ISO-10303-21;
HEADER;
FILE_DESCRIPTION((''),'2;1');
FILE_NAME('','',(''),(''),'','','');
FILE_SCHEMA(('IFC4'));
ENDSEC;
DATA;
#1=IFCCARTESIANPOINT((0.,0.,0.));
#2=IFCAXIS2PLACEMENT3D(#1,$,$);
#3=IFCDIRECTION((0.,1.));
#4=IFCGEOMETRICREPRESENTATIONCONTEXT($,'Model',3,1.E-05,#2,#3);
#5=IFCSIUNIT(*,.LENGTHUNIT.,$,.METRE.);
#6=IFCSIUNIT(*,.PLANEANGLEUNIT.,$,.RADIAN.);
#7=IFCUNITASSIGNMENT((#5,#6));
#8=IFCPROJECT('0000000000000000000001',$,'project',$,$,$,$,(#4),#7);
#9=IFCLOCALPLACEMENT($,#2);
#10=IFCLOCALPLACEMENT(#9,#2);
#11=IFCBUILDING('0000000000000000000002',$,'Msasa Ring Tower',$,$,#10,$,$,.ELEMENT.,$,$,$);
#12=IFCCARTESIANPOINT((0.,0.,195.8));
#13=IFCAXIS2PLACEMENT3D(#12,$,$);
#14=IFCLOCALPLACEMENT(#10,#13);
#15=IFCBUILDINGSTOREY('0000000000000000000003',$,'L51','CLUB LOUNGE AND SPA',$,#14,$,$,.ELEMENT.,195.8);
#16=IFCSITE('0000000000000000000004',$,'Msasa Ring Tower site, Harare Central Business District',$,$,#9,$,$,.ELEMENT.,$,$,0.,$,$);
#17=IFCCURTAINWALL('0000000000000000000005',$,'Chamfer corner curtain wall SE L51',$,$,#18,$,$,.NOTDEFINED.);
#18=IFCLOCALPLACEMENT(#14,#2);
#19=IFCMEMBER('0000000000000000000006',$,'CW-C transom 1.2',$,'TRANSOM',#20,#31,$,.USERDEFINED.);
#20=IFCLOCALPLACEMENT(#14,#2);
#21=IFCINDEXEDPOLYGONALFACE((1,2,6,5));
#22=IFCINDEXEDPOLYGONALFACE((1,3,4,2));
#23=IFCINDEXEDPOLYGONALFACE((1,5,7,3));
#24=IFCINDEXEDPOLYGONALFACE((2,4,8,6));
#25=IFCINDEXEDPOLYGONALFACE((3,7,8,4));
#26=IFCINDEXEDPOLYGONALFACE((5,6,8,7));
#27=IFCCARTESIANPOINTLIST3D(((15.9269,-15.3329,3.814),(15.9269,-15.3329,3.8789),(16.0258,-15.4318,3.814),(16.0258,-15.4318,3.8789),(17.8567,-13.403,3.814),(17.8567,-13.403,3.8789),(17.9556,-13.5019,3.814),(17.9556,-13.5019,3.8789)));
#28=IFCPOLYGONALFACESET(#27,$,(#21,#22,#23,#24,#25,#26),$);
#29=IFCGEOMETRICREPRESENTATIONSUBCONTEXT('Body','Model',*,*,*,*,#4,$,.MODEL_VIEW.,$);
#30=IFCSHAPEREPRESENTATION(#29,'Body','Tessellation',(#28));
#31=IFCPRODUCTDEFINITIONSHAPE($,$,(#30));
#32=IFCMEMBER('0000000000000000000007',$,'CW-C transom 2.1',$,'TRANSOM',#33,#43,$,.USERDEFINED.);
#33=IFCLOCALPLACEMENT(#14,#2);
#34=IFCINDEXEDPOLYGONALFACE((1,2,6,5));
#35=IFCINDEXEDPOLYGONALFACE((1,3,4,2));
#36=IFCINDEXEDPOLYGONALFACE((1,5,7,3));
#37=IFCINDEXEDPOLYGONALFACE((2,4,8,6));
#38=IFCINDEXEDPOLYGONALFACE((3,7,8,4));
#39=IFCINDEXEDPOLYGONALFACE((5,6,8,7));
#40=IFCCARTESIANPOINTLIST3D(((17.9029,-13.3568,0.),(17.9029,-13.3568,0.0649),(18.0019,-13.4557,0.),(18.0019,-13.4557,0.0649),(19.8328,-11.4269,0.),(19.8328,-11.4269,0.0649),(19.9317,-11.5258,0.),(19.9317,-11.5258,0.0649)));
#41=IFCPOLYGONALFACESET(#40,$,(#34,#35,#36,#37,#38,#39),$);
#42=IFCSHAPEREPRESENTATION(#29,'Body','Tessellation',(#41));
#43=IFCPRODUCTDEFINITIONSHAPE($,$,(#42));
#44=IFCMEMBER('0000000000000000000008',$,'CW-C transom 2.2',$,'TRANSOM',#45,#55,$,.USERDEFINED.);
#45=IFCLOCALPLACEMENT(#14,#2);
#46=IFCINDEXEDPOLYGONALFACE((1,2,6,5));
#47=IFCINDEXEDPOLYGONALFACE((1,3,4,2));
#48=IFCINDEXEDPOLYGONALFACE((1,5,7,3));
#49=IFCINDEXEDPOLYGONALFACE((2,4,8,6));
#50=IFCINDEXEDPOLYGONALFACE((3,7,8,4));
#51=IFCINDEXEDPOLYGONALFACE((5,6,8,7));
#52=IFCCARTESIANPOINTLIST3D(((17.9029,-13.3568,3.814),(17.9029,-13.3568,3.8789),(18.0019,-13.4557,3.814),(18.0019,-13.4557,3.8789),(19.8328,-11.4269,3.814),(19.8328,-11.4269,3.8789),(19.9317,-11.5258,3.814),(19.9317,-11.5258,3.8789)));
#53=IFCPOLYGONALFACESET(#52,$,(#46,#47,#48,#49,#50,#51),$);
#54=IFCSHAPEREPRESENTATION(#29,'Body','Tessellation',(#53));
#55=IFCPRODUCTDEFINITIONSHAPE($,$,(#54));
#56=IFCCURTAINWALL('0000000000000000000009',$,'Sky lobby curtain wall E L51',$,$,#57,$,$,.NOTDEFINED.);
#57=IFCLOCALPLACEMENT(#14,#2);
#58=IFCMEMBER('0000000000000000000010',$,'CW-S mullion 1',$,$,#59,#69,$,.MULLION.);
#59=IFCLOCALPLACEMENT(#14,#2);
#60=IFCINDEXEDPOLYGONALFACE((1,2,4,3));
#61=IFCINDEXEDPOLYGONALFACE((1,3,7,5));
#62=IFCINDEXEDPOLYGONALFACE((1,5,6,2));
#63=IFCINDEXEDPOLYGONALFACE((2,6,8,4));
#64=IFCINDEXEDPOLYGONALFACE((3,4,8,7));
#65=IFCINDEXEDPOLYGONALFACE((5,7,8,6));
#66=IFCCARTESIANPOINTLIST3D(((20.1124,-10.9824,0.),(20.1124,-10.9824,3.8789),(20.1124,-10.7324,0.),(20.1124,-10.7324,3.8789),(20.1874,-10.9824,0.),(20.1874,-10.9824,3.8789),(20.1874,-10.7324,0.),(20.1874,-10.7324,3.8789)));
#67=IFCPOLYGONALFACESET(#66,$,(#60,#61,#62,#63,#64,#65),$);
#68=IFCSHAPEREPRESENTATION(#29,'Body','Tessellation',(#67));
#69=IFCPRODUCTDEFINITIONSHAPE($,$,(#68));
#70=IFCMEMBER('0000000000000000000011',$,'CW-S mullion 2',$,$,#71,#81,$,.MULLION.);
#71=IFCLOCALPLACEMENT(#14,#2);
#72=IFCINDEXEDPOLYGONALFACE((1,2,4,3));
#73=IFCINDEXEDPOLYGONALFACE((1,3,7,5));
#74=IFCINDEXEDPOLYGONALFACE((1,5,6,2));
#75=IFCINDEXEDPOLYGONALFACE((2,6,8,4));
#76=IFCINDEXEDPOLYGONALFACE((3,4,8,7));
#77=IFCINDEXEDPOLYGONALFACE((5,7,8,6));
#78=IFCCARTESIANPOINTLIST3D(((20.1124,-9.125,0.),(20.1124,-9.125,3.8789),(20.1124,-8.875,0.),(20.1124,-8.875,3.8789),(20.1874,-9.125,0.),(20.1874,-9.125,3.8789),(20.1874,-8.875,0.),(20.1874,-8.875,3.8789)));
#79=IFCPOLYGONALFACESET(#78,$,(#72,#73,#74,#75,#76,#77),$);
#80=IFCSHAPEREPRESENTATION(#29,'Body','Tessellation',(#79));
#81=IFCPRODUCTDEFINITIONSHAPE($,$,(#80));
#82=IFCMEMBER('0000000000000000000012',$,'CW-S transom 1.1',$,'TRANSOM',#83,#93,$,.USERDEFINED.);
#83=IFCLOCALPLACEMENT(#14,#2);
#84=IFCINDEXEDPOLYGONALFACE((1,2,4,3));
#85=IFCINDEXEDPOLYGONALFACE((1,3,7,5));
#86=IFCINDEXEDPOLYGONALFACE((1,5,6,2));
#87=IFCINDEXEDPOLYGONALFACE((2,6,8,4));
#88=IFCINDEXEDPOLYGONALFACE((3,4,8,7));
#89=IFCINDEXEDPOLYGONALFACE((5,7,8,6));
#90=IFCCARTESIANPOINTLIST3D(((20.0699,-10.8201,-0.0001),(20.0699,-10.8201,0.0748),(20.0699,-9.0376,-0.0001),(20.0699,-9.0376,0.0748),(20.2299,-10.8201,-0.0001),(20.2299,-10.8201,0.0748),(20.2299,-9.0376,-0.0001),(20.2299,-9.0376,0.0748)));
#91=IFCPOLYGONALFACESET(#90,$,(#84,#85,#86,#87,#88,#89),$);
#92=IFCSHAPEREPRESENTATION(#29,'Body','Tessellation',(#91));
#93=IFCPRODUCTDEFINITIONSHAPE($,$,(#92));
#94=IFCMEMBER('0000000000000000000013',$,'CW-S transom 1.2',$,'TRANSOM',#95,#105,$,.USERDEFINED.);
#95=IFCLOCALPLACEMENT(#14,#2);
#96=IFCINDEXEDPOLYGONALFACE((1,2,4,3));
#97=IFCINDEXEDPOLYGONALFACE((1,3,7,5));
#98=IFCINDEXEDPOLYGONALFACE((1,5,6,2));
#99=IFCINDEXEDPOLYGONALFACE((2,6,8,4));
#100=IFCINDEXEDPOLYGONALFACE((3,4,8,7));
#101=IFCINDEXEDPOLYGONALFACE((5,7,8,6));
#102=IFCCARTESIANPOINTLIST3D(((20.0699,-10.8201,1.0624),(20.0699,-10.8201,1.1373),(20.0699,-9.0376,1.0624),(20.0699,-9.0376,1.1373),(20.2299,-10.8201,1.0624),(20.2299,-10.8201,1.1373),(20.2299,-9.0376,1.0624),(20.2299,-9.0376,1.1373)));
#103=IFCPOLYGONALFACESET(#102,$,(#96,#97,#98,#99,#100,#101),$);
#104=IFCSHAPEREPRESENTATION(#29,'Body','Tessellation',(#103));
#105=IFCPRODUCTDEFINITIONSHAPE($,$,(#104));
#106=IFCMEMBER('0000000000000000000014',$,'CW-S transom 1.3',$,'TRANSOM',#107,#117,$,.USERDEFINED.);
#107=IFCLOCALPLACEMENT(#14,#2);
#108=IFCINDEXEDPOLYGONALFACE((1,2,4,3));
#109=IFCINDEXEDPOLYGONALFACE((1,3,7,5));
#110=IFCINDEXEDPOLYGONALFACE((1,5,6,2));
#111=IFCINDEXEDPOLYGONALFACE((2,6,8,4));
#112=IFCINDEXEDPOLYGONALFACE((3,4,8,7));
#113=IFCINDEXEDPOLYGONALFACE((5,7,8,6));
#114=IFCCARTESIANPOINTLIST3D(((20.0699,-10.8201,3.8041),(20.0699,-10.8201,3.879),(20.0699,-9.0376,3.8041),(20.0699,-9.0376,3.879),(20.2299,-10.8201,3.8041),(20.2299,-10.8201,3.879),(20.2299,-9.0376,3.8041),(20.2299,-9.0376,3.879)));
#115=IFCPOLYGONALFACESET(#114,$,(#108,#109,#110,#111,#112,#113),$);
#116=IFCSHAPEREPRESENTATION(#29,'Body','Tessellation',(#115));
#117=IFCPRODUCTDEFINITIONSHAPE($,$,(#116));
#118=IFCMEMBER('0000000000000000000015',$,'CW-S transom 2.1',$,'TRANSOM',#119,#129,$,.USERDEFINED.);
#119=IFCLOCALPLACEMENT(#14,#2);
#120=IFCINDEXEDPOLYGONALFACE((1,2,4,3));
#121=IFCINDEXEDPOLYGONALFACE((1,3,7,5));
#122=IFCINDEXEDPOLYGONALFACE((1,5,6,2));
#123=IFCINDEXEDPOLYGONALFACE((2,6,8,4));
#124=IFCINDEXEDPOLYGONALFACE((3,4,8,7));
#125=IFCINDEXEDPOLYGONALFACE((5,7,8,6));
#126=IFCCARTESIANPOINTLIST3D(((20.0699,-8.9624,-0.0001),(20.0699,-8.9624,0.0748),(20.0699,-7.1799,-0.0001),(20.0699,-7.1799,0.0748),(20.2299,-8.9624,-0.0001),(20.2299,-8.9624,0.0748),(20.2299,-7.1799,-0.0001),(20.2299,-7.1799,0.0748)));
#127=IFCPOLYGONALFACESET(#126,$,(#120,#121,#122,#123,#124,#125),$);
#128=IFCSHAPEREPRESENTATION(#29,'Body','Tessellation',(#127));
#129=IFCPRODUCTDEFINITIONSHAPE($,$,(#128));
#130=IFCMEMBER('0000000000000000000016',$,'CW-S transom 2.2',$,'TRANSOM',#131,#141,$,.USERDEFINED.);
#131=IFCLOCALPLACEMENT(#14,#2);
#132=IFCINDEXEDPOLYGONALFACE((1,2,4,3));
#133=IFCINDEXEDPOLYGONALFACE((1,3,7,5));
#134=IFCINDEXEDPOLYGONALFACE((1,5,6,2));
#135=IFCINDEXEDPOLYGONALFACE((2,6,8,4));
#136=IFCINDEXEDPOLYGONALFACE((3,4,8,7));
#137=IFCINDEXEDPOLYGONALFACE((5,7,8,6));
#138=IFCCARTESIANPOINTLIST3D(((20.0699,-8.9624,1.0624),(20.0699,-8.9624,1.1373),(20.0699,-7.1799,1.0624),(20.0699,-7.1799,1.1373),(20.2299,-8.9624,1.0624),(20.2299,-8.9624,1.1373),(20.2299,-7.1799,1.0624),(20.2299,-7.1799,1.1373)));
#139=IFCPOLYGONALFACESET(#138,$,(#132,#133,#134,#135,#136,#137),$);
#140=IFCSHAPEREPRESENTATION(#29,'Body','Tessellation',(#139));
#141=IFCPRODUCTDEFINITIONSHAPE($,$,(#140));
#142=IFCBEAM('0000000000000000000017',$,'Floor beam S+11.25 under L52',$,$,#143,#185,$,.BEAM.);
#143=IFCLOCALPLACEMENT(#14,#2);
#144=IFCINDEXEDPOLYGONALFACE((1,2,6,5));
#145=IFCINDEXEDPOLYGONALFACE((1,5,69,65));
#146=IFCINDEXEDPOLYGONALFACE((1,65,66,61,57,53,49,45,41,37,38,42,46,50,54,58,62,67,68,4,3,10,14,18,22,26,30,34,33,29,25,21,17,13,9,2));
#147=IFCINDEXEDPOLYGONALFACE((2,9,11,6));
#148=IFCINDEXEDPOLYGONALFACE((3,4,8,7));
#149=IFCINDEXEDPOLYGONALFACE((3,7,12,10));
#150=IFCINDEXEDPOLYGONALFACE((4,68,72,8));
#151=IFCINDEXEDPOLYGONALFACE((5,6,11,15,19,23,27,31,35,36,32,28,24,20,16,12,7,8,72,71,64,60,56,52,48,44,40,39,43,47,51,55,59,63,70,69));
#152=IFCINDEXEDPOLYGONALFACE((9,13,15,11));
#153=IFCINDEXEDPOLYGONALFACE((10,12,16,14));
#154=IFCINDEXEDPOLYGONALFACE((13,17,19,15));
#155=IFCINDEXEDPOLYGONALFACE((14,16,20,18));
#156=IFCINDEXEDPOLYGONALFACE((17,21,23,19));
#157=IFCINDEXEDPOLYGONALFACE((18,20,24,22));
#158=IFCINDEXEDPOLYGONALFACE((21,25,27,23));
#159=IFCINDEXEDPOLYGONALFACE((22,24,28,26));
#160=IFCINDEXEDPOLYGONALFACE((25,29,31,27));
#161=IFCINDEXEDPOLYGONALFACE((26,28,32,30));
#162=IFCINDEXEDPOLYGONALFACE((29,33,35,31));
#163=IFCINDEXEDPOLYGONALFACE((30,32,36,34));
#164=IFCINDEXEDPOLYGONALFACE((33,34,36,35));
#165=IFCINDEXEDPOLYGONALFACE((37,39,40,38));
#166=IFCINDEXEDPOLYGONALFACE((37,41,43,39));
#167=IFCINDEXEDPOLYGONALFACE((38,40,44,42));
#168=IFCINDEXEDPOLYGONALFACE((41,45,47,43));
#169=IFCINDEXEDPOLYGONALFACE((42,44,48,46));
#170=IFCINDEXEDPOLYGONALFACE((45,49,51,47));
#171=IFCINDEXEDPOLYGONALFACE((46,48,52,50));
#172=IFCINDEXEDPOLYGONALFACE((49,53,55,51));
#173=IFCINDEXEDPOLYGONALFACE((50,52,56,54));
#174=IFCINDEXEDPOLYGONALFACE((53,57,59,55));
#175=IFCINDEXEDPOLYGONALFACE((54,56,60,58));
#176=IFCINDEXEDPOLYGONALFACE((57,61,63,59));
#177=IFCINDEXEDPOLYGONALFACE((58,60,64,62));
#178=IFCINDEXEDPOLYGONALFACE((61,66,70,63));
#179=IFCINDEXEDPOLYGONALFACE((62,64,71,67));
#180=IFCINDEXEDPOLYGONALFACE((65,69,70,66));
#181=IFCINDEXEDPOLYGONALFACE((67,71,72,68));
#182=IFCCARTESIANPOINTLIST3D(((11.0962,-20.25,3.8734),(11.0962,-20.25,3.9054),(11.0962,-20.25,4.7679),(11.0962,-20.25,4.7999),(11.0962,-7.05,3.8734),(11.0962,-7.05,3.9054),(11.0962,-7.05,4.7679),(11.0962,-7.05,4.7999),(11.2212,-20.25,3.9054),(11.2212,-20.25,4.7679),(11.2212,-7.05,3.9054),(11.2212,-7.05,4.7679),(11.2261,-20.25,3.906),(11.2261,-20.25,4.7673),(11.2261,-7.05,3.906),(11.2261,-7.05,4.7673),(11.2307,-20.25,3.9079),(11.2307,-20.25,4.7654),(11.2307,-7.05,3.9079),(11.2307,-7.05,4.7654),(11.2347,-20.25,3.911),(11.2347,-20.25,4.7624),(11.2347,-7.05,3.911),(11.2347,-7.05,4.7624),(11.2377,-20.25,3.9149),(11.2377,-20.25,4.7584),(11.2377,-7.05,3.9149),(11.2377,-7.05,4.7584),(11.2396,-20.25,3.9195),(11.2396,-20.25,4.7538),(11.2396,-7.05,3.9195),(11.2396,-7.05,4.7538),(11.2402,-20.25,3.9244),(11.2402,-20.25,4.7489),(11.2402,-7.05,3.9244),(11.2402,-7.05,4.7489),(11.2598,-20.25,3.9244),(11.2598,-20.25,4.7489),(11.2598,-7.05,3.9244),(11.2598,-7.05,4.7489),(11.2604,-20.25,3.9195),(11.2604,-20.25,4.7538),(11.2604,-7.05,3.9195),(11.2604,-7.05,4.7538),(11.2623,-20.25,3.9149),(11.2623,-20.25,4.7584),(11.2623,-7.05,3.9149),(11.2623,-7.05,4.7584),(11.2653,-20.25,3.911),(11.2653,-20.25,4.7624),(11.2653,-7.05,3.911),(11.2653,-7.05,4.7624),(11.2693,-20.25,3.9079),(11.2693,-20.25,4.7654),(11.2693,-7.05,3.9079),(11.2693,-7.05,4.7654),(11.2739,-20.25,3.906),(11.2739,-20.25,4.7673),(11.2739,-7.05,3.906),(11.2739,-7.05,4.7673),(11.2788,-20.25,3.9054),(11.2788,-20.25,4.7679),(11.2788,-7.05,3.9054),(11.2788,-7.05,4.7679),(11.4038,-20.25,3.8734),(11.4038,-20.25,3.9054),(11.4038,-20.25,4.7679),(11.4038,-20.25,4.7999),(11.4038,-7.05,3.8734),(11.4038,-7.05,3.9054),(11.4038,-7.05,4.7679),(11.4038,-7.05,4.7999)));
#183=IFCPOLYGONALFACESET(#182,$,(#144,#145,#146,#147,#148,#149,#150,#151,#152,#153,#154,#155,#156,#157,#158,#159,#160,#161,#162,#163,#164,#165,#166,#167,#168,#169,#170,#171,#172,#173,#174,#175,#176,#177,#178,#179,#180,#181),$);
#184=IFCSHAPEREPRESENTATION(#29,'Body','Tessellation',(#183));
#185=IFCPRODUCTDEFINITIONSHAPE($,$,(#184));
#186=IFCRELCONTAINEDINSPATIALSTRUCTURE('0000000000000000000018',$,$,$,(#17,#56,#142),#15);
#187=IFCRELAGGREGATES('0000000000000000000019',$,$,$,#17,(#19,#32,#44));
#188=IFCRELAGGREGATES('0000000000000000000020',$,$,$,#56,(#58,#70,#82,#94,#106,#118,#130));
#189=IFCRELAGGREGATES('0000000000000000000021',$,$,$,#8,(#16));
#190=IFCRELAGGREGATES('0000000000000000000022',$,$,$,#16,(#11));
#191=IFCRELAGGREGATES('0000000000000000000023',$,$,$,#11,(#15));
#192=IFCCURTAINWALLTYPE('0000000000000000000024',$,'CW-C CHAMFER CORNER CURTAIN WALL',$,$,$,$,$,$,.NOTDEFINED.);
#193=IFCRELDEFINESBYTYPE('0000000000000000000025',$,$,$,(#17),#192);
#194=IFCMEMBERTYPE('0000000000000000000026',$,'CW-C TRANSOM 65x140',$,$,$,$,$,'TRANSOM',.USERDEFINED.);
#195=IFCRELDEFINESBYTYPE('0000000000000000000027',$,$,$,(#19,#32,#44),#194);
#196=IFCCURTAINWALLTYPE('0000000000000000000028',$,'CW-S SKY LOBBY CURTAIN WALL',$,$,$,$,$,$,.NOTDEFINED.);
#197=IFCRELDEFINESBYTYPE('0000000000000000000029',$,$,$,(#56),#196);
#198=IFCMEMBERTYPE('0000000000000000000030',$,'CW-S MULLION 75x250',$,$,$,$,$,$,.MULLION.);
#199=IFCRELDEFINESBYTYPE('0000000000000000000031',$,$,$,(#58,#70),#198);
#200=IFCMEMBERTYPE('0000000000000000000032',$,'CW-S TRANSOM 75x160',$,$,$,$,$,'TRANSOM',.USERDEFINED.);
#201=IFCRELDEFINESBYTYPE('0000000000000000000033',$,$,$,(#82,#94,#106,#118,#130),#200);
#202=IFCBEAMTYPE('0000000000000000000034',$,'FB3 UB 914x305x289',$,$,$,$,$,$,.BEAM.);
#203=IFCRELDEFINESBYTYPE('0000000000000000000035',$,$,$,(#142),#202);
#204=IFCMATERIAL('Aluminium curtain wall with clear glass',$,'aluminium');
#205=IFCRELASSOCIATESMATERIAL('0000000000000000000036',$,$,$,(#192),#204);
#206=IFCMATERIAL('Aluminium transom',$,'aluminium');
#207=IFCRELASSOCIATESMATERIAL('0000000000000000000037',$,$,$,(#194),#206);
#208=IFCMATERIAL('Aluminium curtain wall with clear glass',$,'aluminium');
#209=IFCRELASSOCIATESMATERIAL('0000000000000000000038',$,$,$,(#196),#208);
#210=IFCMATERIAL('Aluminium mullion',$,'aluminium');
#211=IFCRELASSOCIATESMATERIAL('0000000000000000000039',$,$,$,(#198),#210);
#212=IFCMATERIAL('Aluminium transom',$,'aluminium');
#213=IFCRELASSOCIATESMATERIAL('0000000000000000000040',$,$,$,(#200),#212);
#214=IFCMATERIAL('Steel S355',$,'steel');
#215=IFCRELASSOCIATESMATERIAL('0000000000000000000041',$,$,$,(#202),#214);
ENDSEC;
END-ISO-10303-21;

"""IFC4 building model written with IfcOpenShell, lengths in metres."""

from ifc_helpers import new_model, si_unit, direction, frame, origin, origin_2d, place, context, subcontext, project, spatial, rectangle, i_section, extrude, material, material_profile, profile_set, type_object, element, aggregate, save


model = new_model("IFC4")

# Units and contexts
model_context = context("Model", 3, precision=1e-05, world=origin(), true_north=direction((0.0, 1.0)))
body_context = subcontext(model_context, "Body", "Model", "MODEL_VIEW")
ifc_project = project(units=[si_unit("LENGTHUNIT", "METRE"), si_unit("PLANEANGLEUNIT", "RADIAN")], contexts=[model_context])

# Site, building, storey
site_placement = place(None, origin())
site = spatial("IfcSite", under=ifc_project, at=site_placement, Name="Msasa Ring Tower site, Harare Central Business District", CompositionType="ELEMENT", RefElevation=0.0)
building_placement = place(site_placement, origin())
building = spatial("IfcBuilding", under=site, at=building_placement, Name="Msasa Ring Tower", CompositionType="ELEMENT")
storey_placement = place(building_placement, frame((0.0, 0.0, 195.8)))
storey = spatial("IfcBuildingStorey", under=building, at=storey_placement, Name="L51", Description="CLUB LOUNGE AND SPA", CompositionType="ELEMENT", Elevation=195.8)

# Curtain wall
ifc_material_1 = material(Name="Aluminium curtain wall with clear glass", Category="aluminium")
curtain_wall_type_1 = type_object("IfcCurtainWallType", Name="CW-C CHAMFER CORNER CURTAIN WALL", PredefinedType="NOTDEFINED", material=ifc_material_1)
curtain_wall_1_placement = place(storey_placement, origin())
curtain_wall_1 = element("IfcCurtainWall", 1, at=curtain_wall_1_placement, inside=storey, type_object=curtain_wall_type_1, Name="Chamfer corner curtain wall SE L51", PredefinedType="NOTDEFINED")

# Members
ifc_material_2 = material(Name="Aluminium transom", Category="aluminium")
ifc_material_profile_1 = material_profile(ifc_material_2, rectangle(XDim=0.1399, YDim=0.0649, at=origin_2d()), Name="AL 65x140")
ifc_profile_set_1 = profile_set([ifc_material_profile_1], Name="Aluminium transom")
member_type_1 = type_object("IfcMemberType", Name="CW-C TRANSOM 65x140", ElementType="TRANSOM", PredefinedType="USERDEFINED", material=ifc_profile_set_1)
member_1_placement = place(storey_placement, frame((15.9763, -15.3823, 3.8464), z_axis=(0.707107, 0.707107, 0.0), x_axis=(-0.707107, 0.707107, 0.0)))
member_1 = element("IfcMember", 2, at=member_1_placement, type_object=member_type_1, Name="CW-C transom 1.2", ObjectType="TRANSOM", PredefinedType="USERDEFINED", context=body_context, shape_type="SweptSolid", body=[
    extrude(rectangle(XDim=0.1399, YDim=0.0649, at=origin_2d()), origin(), (0.0, 0.0, 1.0), 2.7292),
])
member_2_placement = place(storey_placement, frame((17.9524, -13.4062, 0.0325), z_axis=(0.707107, 0.707107, 0.0), x_axis=(-0.707107, 0.707107, 0.0)))
member_2 = element("IfcMember", 3, at=member_2_placement, type_object=member_type_1, Name="CW-C transom 2.1", ObjectType="TRANSOM", PredefinedType="USERDEFINED", context=body_context, shape_type="SweptSolid", body=[
    extrude(rectangle(XDim=0.1399, YDim=0.0649, at=origin_2d()), origin(), (0.0, 0.0, 1.0), 2.7292),
])
member_3_placement = place(storey_placement, frame((17.9524, -13.4062, 3.8464), z_axis=(0.707107, 0.707107, 0.0), x_axis=(-0.707107, 0.707107, 0.0)))
member_3 = element("IfcMember", 4, at=member_3_placement, type_object=member_type_1, Name="CW-C transom 2.2", ObjectType="TRANSOM", PredefinedType="USERDEFINED", context=body_context, shape_type="SweptSolid", body=[
    extrude(rectangle(XDim=0.1399, YDim=0.0649, at=origin_2d()), origin(), (0.0, 0.0, 1.0), 2.7292),
])

# Curtain wall, members
ifc_material_3 = material(Name="Aluminium curtain wall with clear glass", Category="aluminium")
curtain_wall_type_2 = type_object("IfcCurtainWallType", Name="CW-S SKY LOBBY CURTAIN WALL", PredefinedType="NOTDEFINED", material=ifc_material_3)
curtain_wall_2_placement = place(storey_placement, origin())
curtain_wall_2 = element("IfcCurtainWall", 5, at=curtain_wall_2_placement, inside=storey, type_object=curtain_wall_type_2, Name="Sky lobby curtain wall E L51", PredefinedType="NOTDEFINED")
ifc_material_4 = material(Name="Aluminium mullion", Category="aluminium")
ifc_material_profile_2 = material_profile(ifc_material_4, rectangle(XDim=0.075, YDim=0.25, at=origin_2d()), Name="AL 75x250")
ifc_profile_set_2 = profile_set([ifc_material_profile_2], Name="Aluminium mullion")
member_type_2 = type_object("IfcMemberType", Name="CW-S MULLION 75x250", PredefinedType="MULLION", material=ifc_profile_set_2)
member_4_placement = place(storey_placement, frame((20.1499, -10.8574, 0.0), z_axis=(0.0, 0.0, 1.0), x_axis=(-1.0, 0.0, 0.0)))
member_4 = element("IfcMember", 6, at=member_4_placement, type_object=member_type_2, Name="CW-S mullion 1", PredefinedType="MULLION", context=body_context, shape_type="SweptSolid", body=[
    extrude(rectangle(XDim=0.075, YDim=0.25, at=origin_2d()), origin(), (0.0, 0.0, 1.0), 3.8789),
])
member_5_placement = place(storey_placement, frame((20.1499, -9.0, 0.0), z_axis=(0.0, 0.0, 1.0), x_axis=(-1.0, 0.0, 0.0)))
member_5 = element("IfcMember", 7, at=member_5_placement, type_object=member_type_2, Name="CW-S mullion 2", PredefinedType="MULLION", context=body_context, shape_type="SweptSolid", body=[
    extrude(rectangle(XDim=0.075, YDim=0.25, at=origin_2d()), origin(), (0.0, 0.0, 1.0), 3.8789),
])
ifc_material_5 = material(Name="Aluminium transom", Category="aluminium")
ifc_material_profile_3 = material_profile(ifc_material_5, rectangle(XDim=0.1599, YDim=0.075, at=origin_2d()), Name="AL 75x160")
ifc_profile_set_3 = profile_set([ifc_material_profile_3], Name="Aluminium transom")
member_type_3 = type_object("IfcMemberType", Name="CW-S TRANSOM 75x160", ElementType="TRANSOM", PredefinedType="USERDEFINED", material=ifc_profile_set_3)
member_6_placement = place(storey_placement, frame((20.1499, -10.8201, 0.0374), z_axis=(0.0, 1.0, 0.0), x_axis=(-1.0, 0.0, 0.0)))
member_6 = element("IfcMember", 8, at=member_6_placement, type_object=member_type_3, Name="CW-S transom 1.1", ObjectType="TRANSOM", PredefinedType="USERDEFINED", context=body_context, shape_type="SweptSolid", body=[
    extrude(rectangle(XDim=0.1599, YDim=0.075, at=origin_2d()), origin(), (0.0, 0.0, 1.0), 1.7825),
])
member_7_placement = place(storey_placement, frame((20.1499, -10.8201, 1.0999), z_axis=(0.0, 1.0, 0.0), x_axis=(-1.0, 0.0, 0.0)))
member_7 = element("IfcMember", 9, at=member_7_placement, type_object=member_type_3, Name="CW-S transom 1.2", ObjectType="TRANSOM", PredefinedType="USERDEFINED", context=body_context, shape_type="SweptSolid", body=[
    extrude(rectangle(XDim=0.1599, YDim=0.075, at=origin_2d()), origin(), (0.0, 0.0, 1.0), 1.7825),
])
member_8_placement = place(storey_placement, frame((20.1499, -10.8201, 3.8416), z_axis=(0.0, 1.0, 0.0), x_axis=(-1.0, 0.0, 0.0)))
member_8 = element("IfcMember", 10, at=member_8_placement, type_object=member_type_3, Name="CW-S transom 1.3", ObjectType="TRANSOM", PredefinedType="USERDEFINED", context=body_context, shape_type="SweptSolid", body=[
    extrude(rectangle(XDim=0.1599, YDim=0.075, at=origin_2d()), origin(), (0.0, 0.0, 1.0), 1.7825),
])
member_9_placement = place(storey_placement, frame((20.1499, -8.9624, 0.0374), z_axis=(0.0, 1.0, 0.0), x_axis=(-1.0, 0.0, 0.0)))
member_9 = element("IfcMember", 11, at=member_9_placement, type_object=member_type_3, Name="CW-S transom 2.1", ObjectType="TRANSOM", PredefinedType="USERDEFINED", context=body_context, shape_type="SweptSolid", body=[
    extrude(rectangle(XDim=0.1599, YDim=0.075, at=origin_2d()), origin(), (0.0, 0.0, 1.0), 1.7825),
])
member_10_placement = place(storey_placement, frame((20.1499, -8.9624, 1.0999), z_axis=(0.0, 1.0, 0.0), x_axis=(-1.0, 0.0, 0.0)))
member_10 = element("IfcMember", 12, at=member_10_placement, type_object=member_type_3, Name="CW-S transom 2.2", ObjectType="TRANSOM", PredefinedType="USERDEFINED", context=body_context, shape_type="SweptSolid", body=[
    extrude(rectangle(XDim=0.1599, YDim=0.075, at=origin_2d()), origin(), (0.0, 0.0, 1.0), 1.7825),
])

# Beam
ifc_material_6 = material(Name="Steel S355", Category="steel")
ifc_material_profile_4 = material_profile(ifc_material_6, i_section(OverallWidth=0.3076, OverallDepth=0.9265, WebThickness=0.0195, FlangeThickness=0.032, FilletRadius=0.019, at=origin_2d()), Name="UB 914x305x289")
ifc_profile_set_4 = profile_set([ifc_material_profile_4], Name="Steel S355")
beam_type_1 = type_object("IfcBeamType", Name="FB3 UB 914x305x289", PredefinedType="BEAM", material=ifc_profile_set_4)
beam_1_placement = place(storey_placement, frame((11.25, -20.25, 4.3367), z_axis=(0.0, 1.0, 0.0), x_axis=(-1.0, 0.0, 0.0)))
element("IfcBeam", 13, at=beam_1_placement, inside=storey, type_object=beam_type_1, Name="Floor beam S+11.25 under L52", PredefinedType="BEAM", context=body_context, shape_type="SweptSolid", body=[
    extrude(i_section(OverallWidth=0.3076, OverallDepth=0.9265, WebThickness=0.0195, FlangeThickness=0.032, FilletRadius=0.019, at=origin_2d()), origin(), (0.0, 0.0, 1.0), 13.2),
])

aggregate(curtain_wall_1, [member_1, member_2, member_3])
aggregate(curtain_wall_2, [member_4, member_5, member_6, member_7, member_8, member_9, member_10])

save(model, "model.ifc")
